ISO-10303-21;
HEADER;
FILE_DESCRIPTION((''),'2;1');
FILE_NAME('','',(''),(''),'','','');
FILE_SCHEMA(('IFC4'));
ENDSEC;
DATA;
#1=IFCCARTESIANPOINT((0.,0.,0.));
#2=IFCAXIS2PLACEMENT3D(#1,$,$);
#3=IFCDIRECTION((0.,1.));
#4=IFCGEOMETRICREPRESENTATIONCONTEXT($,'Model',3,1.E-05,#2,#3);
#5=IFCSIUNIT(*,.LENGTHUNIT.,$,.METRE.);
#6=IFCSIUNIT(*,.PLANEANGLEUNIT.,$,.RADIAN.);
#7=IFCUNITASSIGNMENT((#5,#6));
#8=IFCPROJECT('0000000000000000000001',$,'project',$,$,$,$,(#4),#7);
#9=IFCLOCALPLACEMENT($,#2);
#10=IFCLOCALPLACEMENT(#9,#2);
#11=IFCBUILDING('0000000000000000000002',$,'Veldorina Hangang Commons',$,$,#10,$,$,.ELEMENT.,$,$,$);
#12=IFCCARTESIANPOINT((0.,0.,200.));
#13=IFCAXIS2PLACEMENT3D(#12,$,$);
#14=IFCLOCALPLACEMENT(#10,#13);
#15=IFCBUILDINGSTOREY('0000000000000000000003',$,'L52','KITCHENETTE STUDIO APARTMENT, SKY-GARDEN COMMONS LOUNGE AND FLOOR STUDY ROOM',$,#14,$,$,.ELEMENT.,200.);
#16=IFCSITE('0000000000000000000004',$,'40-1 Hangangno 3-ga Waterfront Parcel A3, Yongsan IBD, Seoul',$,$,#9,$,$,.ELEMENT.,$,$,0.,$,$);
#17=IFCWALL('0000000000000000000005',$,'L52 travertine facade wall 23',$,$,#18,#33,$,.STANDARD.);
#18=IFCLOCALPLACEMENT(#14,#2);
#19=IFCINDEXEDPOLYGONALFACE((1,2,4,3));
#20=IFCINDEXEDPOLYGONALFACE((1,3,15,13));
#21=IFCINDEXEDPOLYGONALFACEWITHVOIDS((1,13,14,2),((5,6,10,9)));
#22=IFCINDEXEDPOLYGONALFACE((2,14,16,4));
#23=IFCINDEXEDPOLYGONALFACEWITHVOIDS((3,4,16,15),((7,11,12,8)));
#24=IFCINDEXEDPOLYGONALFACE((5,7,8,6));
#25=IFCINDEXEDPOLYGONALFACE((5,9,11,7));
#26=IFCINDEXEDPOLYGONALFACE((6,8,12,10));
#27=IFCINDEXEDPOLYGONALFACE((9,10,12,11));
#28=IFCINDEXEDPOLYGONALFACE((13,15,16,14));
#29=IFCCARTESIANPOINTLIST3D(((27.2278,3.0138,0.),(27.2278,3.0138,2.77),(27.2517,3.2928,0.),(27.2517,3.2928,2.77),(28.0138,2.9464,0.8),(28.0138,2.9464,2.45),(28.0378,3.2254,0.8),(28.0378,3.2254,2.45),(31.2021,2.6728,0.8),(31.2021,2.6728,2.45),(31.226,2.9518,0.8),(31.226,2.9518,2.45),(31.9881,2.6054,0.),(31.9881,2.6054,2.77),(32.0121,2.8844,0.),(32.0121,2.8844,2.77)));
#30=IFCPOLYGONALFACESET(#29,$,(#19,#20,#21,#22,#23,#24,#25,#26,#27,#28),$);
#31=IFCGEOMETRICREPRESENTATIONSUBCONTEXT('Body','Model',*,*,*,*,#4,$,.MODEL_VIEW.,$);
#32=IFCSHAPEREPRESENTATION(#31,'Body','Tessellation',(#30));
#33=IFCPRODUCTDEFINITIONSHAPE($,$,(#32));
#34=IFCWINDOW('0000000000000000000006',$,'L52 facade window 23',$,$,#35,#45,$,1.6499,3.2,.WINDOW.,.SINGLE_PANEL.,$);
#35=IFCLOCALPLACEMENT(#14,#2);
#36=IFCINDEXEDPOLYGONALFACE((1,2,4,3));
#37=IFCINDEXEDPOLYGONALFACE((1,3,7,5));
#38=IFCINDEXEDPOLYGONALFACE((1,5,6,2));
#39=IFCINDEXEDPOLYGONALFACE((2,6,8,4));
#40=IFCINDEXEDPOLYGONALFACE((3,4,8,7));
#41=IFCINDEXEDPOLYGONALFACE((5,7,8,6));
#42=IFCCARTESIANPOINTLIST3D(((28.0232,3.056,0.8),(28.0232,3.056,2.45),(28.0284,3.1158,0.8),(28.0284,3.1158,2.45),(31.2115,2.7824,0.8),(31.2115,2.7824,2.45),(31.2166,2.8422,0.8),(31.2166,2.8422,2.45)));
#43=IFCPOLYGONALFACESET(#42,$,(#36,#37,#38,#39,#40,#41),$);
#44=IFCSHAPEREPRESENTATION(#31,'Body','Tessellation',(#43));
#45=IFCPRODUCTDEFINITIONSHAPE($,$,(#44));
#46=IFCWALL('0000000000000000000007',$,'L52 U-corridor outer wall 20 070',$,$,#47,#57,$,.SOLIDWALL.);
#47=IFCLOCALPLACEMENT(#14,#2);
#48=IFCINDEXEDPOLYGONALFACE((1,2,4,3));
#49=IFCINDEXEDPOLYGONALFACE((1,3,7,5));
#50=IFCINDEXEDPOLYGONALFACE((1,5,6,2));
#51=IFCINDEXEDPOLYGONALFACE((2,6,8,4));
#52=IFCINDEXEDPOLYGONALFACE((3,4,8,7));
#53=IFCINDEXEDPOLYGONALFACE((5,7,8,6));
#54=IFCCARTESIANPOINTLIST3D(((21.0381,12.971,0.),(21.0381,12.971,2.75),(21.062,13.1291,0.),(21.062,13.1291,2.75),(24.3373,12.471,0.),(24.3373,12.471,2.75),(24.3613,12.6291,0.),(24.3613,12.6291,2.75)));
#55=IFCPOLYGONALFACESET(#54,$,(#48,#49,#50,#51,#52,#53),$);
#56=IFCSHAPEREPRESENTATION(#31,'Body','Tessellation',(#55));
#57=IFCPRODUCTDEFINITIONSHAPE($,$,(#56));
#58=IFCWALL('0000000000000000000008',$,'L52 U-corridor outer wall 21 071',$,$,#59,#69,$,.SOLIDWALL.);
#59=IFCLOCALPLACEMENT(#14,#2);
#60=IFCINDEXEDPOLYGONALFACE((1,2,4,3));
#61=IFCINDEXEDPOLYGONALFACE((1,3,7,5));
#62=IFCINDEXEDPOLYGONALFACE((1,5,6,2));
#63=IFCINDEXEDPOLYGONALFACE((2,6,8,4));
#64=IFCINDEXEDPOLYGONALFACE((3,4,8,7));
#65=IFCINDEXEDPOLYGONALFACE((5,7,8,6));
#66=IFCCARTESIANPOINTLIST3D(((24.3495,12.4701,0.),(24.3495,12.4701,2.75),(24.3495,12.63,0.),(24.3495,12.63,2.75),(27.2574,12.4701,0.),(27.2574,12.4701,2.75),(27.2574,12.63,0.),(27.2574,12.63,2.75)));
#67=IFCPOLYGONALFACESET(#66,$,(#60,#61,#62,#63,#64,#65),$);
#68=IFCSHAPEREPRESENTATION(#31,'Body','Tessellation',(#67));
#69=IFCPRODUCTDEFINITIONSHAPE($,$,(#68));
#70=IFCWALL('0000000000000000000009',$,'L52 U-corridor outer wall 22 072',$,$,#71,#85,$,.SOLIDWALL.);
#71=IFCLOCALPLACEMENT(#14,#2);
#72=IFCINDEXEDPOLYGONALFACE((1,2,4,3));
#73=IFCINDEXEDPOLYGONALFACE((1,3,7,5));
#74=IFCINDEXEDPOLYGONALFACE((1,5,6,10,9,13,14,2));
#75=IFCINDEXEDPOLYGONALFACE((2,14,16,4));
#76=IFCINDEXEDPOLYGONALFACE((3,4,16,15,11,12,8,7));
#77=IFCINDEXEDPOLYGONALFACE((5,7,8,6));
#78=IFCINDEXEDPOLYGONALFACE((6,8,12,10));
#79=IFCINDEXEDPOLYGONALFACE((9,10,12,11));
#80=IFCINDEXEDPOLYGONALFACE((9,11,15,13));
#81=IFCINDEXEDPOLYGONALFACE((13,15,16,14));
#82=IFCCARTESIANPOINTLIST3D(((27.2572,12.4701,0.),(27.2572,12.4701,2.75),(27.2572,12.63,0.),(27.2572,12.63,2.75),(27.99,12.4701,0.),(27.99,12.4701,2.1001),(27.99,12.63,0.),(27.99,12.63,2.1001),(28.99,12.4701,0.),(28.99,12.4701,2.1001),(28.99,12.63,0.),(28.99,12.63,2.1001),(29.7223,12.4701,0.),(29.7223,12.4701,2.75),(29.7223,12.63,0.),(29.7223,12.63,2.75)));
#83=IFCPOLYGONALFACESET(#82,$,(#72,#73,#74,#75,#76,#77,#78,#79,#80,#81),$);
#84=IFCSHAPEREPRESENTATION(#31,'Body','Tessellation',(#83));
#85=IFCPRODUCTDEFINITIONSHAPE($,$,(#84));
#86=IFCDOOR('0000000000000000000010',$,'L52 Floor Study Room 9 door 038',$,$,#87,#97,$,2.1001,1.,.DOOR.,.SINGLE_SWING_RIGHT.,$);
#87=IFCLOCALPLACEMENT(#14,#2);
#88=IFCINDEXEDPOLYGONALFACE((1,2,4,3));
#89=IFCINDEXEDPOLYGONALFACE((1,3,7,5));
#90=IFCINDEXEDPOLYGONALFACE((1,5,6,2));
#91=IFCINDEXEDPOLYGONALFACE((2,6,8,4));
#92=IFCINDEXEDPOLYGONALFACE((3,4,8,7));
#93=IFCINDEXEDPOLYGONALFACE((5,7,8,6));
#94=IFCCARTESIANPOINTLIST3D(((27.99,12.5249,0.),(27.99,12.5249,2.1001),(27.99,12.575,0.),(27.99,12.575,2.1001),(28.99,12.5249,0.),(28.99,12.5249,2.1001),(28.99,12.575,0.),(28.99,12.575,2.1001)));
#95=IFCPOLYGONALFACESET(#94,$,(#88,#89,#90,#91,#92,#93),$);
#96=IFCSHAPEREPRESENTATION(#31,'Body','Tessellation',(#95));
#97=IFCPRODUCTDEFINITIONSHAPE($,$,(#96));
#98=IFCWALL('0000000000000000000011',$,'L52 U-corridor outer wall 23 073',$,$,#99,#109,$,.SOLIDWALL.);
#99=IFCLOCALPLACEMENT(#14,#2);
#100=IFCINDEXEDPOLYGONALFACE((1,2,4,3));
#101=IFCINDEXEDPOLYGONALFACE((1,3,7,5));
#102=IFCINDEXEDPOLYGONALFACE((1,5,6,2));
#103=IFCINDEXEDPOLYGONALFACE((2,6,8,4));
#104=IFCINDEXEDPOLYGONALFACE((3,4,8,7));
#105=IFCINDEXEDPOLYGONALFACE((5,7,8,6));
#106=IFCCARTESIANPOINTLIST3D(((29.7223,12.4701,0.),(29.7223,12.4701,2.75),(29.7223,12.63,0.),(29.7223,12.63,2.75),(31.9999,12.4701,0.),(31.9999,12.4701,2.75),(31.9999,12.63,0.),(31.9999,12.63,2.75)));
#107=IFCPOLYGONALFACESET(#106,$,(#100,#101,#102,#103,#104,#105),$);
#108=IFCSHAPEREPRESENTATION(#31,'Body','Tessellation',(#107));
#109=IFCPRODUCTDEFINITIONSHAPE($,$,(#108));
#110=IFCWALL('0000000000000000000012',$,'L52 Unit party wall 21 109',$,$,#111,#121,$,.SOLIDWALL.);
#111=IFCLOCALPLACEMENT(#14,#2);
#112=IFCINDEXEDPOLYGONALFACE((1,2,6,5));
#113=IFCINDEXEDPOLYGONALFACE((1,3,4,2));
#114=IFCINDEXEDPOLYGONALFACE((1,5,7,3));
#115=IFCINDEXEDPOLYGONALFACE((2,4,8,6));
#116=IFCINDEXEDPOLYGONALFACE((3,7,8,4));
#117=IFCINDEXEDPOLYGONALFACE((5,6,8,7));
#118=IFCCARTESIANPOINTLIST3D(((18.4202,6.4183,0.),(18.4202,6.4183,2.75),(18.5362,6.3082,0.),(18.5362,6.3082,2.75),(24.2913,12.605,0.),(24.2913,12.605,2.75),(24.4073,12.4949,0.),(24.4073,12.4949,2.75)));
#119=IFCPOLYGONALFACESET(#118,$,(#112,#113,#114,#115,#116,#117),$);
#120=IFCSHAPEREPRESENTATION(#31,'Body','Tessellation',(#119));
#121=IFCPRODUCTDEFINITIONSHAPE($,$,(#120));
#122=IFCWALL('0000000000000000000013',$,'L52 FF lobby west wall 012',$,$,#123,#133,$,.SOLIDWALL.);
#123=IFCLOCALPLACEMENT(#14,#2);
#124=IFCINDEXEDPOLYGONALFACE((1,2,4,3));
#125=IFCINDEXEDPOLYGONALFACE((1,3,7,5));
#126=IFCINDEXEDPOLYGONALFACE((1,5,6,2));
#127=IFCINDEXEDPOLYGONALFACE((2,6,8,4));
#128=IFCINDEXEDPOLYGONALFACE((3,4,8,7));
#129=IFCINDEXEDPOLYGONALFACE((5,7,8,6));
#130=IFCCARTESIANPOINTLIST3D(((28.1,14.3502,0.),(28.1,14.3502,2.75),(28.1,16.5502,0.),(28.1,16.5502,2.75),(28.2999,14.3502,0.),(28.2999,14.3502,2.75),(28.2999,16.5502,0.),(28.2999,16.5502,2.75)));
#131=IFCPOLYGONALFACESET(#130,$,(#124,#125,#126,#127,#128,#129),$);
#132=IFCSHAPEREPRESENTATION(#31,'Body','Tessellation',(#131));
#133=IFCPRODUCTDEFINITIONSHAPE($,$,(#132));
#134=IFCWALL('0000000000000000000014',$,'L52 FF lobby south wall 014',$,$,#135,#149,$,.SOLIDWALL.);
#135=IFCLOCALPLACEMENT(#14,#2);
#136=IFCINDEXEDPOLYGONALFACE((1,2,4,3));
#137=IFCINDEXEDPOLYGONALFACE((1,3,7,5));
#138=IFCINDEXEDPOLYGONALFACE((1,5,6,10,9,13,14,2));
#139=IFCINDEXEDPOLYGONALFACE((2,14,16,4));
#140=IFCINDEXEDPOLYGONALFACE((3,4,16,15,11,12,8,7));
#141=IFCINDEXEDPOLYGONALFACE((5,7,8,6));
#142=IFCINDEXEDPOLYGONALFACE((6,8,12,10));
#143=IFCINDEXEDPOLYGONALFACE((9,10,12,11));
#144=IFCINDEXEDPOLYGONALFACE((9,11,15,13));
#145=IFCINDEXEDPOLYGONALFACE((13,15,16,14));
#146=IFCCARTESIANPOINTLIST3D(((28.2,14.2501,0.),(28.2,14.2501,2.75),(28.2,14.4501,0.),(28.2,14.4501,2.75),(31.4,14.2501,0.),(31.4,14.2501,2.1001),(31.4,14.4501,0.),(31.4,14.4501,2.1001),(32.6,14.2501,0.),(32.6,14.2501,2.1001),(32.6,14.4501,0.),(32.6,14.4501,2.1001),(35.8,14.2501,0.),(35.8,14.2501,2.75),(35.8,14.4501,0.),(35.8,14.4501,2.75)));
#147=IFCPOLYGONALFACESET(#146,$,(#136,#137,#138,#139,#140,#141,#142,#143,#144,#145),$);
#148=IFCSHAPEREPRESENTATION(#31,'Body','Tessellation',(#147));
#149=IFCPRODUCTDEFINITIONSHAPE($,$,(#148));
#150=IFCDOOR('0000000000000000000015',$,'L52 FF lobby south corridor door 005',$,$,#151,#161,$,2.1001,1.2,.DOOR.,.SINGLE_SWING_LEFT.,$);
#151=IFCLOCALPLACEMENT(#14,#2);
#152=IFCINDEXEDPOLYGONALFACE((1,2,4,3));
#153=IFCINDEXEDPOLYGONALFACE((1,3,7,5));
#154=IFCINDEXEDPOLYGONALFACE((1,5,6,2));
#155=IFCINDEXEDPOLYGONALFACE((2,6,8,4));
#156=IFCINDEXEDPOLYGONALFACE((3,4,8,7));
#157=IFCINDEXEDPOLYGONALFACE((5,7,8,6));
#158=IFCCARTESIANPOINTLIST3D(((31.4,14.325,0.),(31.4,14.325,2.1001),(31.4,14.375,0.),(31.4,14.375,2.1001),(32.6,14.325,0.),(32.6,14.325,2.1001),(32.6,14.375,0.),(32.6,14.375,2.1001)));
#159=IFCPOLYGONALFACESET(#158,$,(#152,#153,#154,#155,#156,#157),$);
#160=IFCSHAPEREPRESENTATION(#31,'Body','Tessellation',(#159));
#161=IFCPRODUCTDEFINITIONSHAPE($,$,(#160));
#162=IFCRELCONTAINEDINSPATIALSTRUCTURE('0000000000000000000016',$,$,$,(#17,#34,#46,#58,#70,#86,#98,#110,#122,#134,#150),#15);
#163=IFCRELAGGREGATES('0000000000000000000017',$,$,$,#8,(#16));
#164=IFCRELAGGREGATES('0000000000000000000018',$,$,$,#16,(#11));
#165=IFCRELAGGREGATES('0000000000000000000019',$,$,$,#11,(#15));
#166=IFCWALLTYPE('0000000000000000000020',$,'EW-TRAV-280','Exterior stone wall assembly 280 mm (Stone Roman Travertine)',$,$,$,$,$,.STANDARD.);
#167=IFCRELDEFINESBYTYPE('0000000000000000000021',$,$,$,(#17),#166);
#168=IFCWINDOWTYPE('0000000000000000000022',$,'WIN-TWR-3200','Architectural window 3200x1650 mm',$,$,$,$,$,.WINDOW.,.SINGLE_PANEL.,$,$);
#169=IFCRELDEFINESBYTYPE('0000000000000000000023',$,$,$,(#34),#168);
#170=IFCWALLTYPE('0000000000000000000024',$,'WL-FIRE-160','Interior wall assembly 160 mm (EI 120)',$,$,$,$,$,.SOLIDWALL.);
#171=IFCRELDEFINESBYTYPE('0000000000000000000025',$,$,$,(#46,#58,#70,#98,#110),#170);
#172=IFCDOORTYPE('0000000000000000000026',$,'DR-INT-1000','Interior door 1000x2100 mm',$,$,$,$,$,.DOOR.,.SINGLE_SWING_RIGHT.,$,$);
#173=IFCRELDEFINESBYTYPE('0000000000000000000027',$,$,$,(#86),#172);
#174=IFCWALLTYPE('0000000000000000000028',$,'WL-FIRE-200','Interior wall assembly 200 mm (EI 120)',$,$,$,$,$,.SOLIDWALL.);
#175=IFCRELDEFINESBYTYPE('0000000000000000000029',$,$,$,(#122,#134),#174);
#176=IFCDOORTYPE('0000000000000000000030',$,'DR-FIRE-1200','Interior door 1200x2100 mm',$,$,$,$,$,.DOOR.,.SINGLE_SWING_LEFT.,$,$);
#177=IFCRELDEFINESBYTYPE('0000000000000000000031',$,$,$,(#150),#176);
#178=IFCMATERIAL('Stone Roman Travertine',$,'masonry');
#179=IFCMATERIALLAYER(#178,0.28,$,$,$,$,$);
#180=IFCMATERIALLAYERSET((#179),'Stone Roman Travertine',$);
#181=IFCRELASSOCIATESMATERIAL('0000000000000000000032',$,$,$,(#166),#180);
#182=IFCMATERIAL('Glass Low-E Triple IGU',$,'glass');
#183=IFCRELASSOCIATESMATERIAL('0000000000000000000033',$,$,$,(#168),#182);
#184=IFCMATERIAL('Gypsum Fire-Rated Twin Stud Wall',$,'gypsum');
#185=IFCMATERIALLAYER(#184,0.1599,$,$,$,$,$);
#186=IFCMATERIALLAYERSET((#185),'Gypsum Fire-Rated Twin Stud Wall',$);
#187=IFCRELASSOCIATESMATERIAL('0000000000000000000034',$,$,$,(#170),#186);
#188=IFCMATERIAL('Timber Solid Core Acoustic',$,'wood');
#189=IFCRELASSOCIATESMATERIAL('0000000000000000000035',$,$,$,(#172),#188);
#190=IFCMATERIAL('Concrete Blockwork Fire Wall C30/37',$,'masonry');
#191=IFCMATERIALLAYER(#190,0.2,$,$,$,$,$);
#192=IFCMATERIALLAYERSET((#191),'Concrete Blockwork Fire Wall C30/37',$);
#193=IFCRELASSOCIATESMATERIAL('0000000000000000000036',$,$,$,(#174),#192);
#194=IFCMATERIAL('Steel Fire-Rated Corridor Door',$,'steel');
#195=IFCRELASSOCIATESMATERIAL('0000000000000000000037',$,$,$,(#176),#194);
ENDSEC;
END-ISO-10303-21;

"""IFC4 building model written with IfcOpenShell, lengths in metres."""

from ifc_helpers import new_model, si_unit, direction, frame, frame_2d, origin, place, context, subcontext, project, spatial, rectangle, extrude, material, layer, layer_set, type_object, element, fill, save


model = new_model("IFC4")

# Units and contexts
model_context = context("Model", 3, precision=1e-05, world=origin(), true_north=direction((0.0, 1.0)))
body_context = subcontext(model_context, "Body", "Model", "MODEL_VIEW")
ifc_project = project(units=[si_unit("LENGTHUNIT", "METRE"), si_unit("PLANEANGLEUNIT", "RADIAN")], contexts=[model_context])

# Site, building, storey
site_placement = place(None, origin())
site = spatial("IfcSite", under=ifc_project, at=site_placement, Name="40-1 Hangangno 3-ga Waterfront Parcel A3, Yongsan IBD, Seoul", CompositionType="ELEMENT", RefElevation=0.0)
building_placement = place(site_placement, origin())
building = spatial("IfcBuilding", under=site, at=building_placement, Name="Veldorina Hangang Commons", CompositionType="ELEMENT")
storey_placement = place(building_placement, frame((0.0, 0.0, 200.0)))
storey = spatial("IfcBuildingStorey", under=building, at=storey_placement, Name="L52", Description="KITCHENETTE STUDIO APARTMENT, SKY-GARDEN COMMONS LOUNGE AND FLOOR STUDY ROOM", CompositionType="ELEMENT", Elevation=200.0)

# Shared definitions
ifc_material_1 = material(Name="Stone Roman Travertine", Category="masonry")
ifc_layer_1 = layer(ifc_material_1, 0.28)
ifc_layer_set_1 = layer_set([ifc_layer_1], Name="Stone Roman Travertine")
wall_type_1 = type_object("IfcWallType", Name="EW-TRAV-280", Description="Exterior stone wall assembly 280 mm (Stone Roman Travertine)", PredefinedType="STANDARD", material=ifc_layer_set_1)

# Wall, opening, window
wall_1_placement = place(storey_placement, frame((27.2397, 3.1533, 0.0), z_axis=(0.0, 0.0, 1.0), x_axis=(0.996339, -0.08549, 0.0)))
wall_1 = element("IfcWall", 1, at=wall_1_placement, inside=storey, type_object=wall_type_1, Name="L52 travertine facade wall 23", PredefinedType="STANDARD", context=body_context, shape_type="SweptSolid", body=[
    extrude(rectangle(XDim=4.7778, YDim=0.28, at=frame_2d((2.3889, 0.0))), origin(), (0.0, 0.0, 1.0), 2.77),
])
opening_1_placement = place(wall_1_placement, frame((0.7888, 0.0, 0.8)))
opening_1 = element("IfcOpeningElement", 2, at=opening_1_placement, cuts=wall_1, PredefinedType="OPENING", context=body_context, shape_type="SweptSolid", body=[
    extrude(rectangle(XDim=3.2, YDim=1.6499, at=frame_2d((1.6001, 0.825))), frame((0.0, 0.1499, 0.0), z_axis=(0.0, -1.0, 0.0), x_axis=(1.0, 0.0, 0.0)), (0.0, 0.0, 1.0), 0.3),
])
ifc_material_2 = material(Name="Glass Low-E Triple IGU", Category="glass")
window_type = type_object("IfcWindowType", Name="WIN-TWR-3200", Description="Architectural window 3200x1650 mm", PartitioningType="SINGLE_PANEL", PredefinedType="WINDOW", material=ifc_material_2)
window_placement = place(opening_1_placement, origin())
window = element("IfcWindow", 3, at=window_placement, inside=storey, type_object=window_type, Name="L52 facade window 23", OverallHeight=1.6499, OverallWidth=3.2, PartitioningType="SINGLE_PANEL", PredefinedType="WINDOW", context=body_context, shape_type="SweptSolid", body=[
    extrude(rectangle(XDim=3.2, YDim=1.6499, at=frame_2d((1.6001, 0.825))), frame((0.0, 0.03, 0.0), z_axis=(0.0, -1.0, 0.0), x_axis=(1.0, 0.0, 0.0)), (0.0, 0.0, 1.0), 0.0601),
])
fill(opening_1, window)

# Walls
ifc_material_3 = material(Name="Gypsum Fire-Rated Twin Stud Wall", Category="gypsum")
ifc_layer_2 = layer(ifc_material_3, 0.1599)
ifc_layer_set_2 = layer_set([ifc_layer_2], Name="Gypsum Fire-Rated Twin Stud Wall")
wall_type_2 = type_object("IfcWallType", Name="WL-FIRE-160", Description="Interior wall assembly 160 mm (EI 120)", PredefinedType="SOLIDWALL", material=ifc_layer_set_2)
wall_2_placement = place(storey_placement, frame((21.05, 13.05, 0.0), z_axis=(0.0, 0.0, 1.0), x_axis=(0.988711, -0.149836, 0.0)))
element("IfcWall", 4, at=wall_2_placement, inside=storey, type_object=wall_type_2, Name="L52 U-corridor outer wall 20 070", PredefinedType="SOLIDWALL", context=body_context, shape_type="SweptSolid", body=[
    extrude(rectangle(XDim=3.3369, YDim=0.1599, at=frame_2d((1.6685, 0.0))), origin(), (0.0, 0.0, 1.0), 2.75),
])
wall_3_placement = place(storey_placement, frame((24.3494, 12.55, 0.0), z_axis=(0.0, 0.0, 1.0), x_axis=(1.0, 0.0, 0.0)))
element("IfcWall", 5, at=wall_3_placement, inside=storey, type_object=wall_type_2, Name="L52 U-corridor outer wall 21 071", PredefinedType="SOLIDWALL", context=body_context, shape_type="SweptSolid", body=[
    extrude(rectangle(XDim=2.908, YDim=0.1599, at=frame_2d((1.4541, 0.0))), origin(), (0.0, 0.0, 1.0), 2.75),
])

# Wall, opening, door
wall_4_placement = place(storey_placement, frame((27.2573, 12.55, 0.0), z_axis=(0.0, 0.0, 1.0), x_axis=(1.0, 0.0, 0.0)))
wall_4 = element("IfcWall", 6, at=wall_4_placement, inside=storey, type_object=wall_type_2, Name="L52 U-corridor outer wall 22 072", PredefinedType="SOLIDWALL", context=body_context, shape_type="SweptSolid", body=[
    extrude(rectangle(XDim=2.4651, YDim=0.1599, at=frame_2d((1.2324, 0.0))), origin(), (0.0, 0.0, 1.0), 2.75),
])
opening_2_placement = place(wall_4_placement, frame((0.7327, 0.0, 0.0)))
opening_2 = element("IfcOpeningElement", 7, at=opening_2_placement, cuts=wall_4, PredefinedType="OPENING", context=body_context, shape_type="SweptSolid", body=[
    extrude(rectangle(XDim=1.0, YDim=2.1001, at=frame_2d((0.5, 1.05))), frame((0.0, 0.0898, 0.0), z_axis=(0.0, -1.0, 0.0), x_axis=(1.0, 0.0, 0.0)), (0.0, 0.0, 1.0), 0.1799),
])
ifc_material_4 = material(Name="Timber Solid Core Acoustic", Category="wood")
door_type_1 = type_object("IfcDoorType", Name="DR-INT-1000", Description="Interior door 1000x2100 mm", OperationType="SINGLE_SWING_RIGHT", PredefinedType="DOOR", material=ifc_material_4)
door_1_placement = place(opening_2_placement, origin())
door_1 = element("IfcDoor", 8, at=door_1_placement, inside=storey, type_object=door_type_1, Name="L52 Floor Study Room 9 door 038", OperationType="SINGLE_SWING_RIGHT", OverallHeight=2.1001, OverallWidth=1.0, PredefinedType="DOOR", context=body_context, shape_type="SweptSolid", body=[
    extrude(rectangle(XDim=1.0, YDim=2.1001, at=frame_2d((0.5, 1.05))), frame((0.0, 0.0249, 0.0), z_axis=(0.0, -1.0, 0.0), x_axis=(1.0, 0.0, 0.0)), (0.0, 0.0, 1.0), 0.05),
])
fill(opening_2, door_1)

# Walls
wall_5_placement = place(storey_placement, frame((29.7224, 12.55, 0.0), z_axis=(0.0, 0.0, 1.0), x_axis=(1.0, 0.0, 0.0)))
element("IfcWall", 9, at=wall_5_placement, inside=storey, type_object=wall_type_2, Name="L52 U-corridor outer wall 23 073", PredefinedType="SOLIDWALL", context=body_context, shape_type="SweptSolid", body=[
    extrude(rectangle(XDim=2.2776, YDim=0.1599, at=frame_2d((1.1387, 0.0))), origin(), (0.0, 0.0, 1.0), 2.75),
])
wall_6_placement = place(storey_placement, frame((24.3494, 12.55, 0.0), z_axis=(0.0, 0.0, 1.0), x_axis=(-0.688359, -0.72537, 0.0)))
element("IfcWall", 10, at=wall_6_placement, inside=storey, type_object=wall_type_2, Name="L52 Unit party wall 21 109", PredefinedType="SOLIDWALL", context=body_context, shape_type="SweptSolid", body=[
    extrude(rectangle(XDim=8.5291, YDim=0.1599, at=frame_2d((4.2646, 0.0))), origin(), (0.0, 0.0, 1.0), 2.75),
])
ifc_material_5 = material(Name="Concrete Blockwork Fire Wall C30/37", Category="masonry")
ifc_layer_3 = layer(ifc_material_5, 0.2)
ifc_layer_set_3 = layer_set([ifc_layer_3], Name="Concrete Blockwork Fire Wall C30/37")
wall_type_3 = type_object("IfcWallType", Name="WL-FIRE-200", Description="Interior wall assembly 200 mm (EI 120)", PredefinedType="SOLIDWALL", material=ifc_layer_set_3)
wall_7_placement = place(storey_placement, frame((28.2, 14.3501, 0.0), z_axis=(0.0, 0.0, 1.0), x_axis=(0.0, 1.0, 0.0)))
element("IfcWall", 11, at=wall_7_placement, inside=storey, type_object=wall_type_3, Name="L52 FF lobby west wall 012", PredefinedType="SOLIDWALL", context=body_context, shape_type="SweptSolid", body=[
    extrude(rectangle(XDim=2.2, YDim=0.2, at=frame_2d((1.1001, 0.0))), origin(), (0.0, 0.0, 1.0), 2.75),
])

# Wall, opening, door
wall_8_placement = place(storey_placement, frame((28.2, 14.3501, 0.0), z_axis=(0.0, 0.0, 1.0), x_axis=(1.0, 0.0, 0.0)))
wall_8 = element("IfcWall", 12, at=wall_8_placement, inside=storey, type_object=wall_type_3, Name="L52 FF lobby south wall 014", PredefinedType="SOLIDWALL", context=body_context, shape_type="SweptSolid", body=[
    extrude(rectangle(XDim=7.6001, YDim=0.2, at=frame_2d((3.8, 0.0))), origin(), (0.0, 0.0, 1.0), 2.75),
])
opening_3_placement = place(wall_8_placement, frame((3.2, 0.0, 0.0)))
opening_3 = element("IfcOpeningElement", 13, at=opening_3_placement, cuts=wall_8, PredefinedType="OPENING", context=body_context, shape_type="SweptSolid", body=[
    extrude(rectangle(XDim=1.2, YDim=2.1001, at=frame_2d((0.6001, 1.05))), frame((0.0, 0.1099, 0.0), z_axis=(0.0, -1.0, 0.0), x_axis=(1.0, 0.0, 0.0)), (0.0, 0.0, 1.0), 0.22),
])
ifc_material_6 = material(Name="Steel Fire-Rated Corridor Door", Category="steel")
door_type_2 = type_object("IfcDoorType", Name="DR-FIRE-1200", Description="Interior door 1200x2100 mm", OperationType="SINGLE_SWING_LEFT", PredefinedType="DOOR", material=ifc_material_6)
door_2_placement = place(opening_3_placement, origin())
door_2 = element("IfcDoor", 14, at=door_2_placement, inside=storey, type_object=door_type_2, Name="L52 FF lobby south corridor door 005", OperationType="SINGLE_SWING_LEFT", OverallHeight=2.1001, OverallWidth=1.2, PredefinedType="DOOR", context=body_context, shape_type="SweptSolid", body=[
    extrude(rectangle(XDim=1.2, YDim=2.1001, at=frame_2d((0.6001, 1.05))), frame((0.0, 0.0249, 0.0), z_axis=(0.0, -1.0, 0.0), x_axis=(1.0, 0.0, 0.0)), (0.0, 0.0, 1.0), 0.05),
])
fill(opening_3, door_2)

save(model, "model.ifc")
